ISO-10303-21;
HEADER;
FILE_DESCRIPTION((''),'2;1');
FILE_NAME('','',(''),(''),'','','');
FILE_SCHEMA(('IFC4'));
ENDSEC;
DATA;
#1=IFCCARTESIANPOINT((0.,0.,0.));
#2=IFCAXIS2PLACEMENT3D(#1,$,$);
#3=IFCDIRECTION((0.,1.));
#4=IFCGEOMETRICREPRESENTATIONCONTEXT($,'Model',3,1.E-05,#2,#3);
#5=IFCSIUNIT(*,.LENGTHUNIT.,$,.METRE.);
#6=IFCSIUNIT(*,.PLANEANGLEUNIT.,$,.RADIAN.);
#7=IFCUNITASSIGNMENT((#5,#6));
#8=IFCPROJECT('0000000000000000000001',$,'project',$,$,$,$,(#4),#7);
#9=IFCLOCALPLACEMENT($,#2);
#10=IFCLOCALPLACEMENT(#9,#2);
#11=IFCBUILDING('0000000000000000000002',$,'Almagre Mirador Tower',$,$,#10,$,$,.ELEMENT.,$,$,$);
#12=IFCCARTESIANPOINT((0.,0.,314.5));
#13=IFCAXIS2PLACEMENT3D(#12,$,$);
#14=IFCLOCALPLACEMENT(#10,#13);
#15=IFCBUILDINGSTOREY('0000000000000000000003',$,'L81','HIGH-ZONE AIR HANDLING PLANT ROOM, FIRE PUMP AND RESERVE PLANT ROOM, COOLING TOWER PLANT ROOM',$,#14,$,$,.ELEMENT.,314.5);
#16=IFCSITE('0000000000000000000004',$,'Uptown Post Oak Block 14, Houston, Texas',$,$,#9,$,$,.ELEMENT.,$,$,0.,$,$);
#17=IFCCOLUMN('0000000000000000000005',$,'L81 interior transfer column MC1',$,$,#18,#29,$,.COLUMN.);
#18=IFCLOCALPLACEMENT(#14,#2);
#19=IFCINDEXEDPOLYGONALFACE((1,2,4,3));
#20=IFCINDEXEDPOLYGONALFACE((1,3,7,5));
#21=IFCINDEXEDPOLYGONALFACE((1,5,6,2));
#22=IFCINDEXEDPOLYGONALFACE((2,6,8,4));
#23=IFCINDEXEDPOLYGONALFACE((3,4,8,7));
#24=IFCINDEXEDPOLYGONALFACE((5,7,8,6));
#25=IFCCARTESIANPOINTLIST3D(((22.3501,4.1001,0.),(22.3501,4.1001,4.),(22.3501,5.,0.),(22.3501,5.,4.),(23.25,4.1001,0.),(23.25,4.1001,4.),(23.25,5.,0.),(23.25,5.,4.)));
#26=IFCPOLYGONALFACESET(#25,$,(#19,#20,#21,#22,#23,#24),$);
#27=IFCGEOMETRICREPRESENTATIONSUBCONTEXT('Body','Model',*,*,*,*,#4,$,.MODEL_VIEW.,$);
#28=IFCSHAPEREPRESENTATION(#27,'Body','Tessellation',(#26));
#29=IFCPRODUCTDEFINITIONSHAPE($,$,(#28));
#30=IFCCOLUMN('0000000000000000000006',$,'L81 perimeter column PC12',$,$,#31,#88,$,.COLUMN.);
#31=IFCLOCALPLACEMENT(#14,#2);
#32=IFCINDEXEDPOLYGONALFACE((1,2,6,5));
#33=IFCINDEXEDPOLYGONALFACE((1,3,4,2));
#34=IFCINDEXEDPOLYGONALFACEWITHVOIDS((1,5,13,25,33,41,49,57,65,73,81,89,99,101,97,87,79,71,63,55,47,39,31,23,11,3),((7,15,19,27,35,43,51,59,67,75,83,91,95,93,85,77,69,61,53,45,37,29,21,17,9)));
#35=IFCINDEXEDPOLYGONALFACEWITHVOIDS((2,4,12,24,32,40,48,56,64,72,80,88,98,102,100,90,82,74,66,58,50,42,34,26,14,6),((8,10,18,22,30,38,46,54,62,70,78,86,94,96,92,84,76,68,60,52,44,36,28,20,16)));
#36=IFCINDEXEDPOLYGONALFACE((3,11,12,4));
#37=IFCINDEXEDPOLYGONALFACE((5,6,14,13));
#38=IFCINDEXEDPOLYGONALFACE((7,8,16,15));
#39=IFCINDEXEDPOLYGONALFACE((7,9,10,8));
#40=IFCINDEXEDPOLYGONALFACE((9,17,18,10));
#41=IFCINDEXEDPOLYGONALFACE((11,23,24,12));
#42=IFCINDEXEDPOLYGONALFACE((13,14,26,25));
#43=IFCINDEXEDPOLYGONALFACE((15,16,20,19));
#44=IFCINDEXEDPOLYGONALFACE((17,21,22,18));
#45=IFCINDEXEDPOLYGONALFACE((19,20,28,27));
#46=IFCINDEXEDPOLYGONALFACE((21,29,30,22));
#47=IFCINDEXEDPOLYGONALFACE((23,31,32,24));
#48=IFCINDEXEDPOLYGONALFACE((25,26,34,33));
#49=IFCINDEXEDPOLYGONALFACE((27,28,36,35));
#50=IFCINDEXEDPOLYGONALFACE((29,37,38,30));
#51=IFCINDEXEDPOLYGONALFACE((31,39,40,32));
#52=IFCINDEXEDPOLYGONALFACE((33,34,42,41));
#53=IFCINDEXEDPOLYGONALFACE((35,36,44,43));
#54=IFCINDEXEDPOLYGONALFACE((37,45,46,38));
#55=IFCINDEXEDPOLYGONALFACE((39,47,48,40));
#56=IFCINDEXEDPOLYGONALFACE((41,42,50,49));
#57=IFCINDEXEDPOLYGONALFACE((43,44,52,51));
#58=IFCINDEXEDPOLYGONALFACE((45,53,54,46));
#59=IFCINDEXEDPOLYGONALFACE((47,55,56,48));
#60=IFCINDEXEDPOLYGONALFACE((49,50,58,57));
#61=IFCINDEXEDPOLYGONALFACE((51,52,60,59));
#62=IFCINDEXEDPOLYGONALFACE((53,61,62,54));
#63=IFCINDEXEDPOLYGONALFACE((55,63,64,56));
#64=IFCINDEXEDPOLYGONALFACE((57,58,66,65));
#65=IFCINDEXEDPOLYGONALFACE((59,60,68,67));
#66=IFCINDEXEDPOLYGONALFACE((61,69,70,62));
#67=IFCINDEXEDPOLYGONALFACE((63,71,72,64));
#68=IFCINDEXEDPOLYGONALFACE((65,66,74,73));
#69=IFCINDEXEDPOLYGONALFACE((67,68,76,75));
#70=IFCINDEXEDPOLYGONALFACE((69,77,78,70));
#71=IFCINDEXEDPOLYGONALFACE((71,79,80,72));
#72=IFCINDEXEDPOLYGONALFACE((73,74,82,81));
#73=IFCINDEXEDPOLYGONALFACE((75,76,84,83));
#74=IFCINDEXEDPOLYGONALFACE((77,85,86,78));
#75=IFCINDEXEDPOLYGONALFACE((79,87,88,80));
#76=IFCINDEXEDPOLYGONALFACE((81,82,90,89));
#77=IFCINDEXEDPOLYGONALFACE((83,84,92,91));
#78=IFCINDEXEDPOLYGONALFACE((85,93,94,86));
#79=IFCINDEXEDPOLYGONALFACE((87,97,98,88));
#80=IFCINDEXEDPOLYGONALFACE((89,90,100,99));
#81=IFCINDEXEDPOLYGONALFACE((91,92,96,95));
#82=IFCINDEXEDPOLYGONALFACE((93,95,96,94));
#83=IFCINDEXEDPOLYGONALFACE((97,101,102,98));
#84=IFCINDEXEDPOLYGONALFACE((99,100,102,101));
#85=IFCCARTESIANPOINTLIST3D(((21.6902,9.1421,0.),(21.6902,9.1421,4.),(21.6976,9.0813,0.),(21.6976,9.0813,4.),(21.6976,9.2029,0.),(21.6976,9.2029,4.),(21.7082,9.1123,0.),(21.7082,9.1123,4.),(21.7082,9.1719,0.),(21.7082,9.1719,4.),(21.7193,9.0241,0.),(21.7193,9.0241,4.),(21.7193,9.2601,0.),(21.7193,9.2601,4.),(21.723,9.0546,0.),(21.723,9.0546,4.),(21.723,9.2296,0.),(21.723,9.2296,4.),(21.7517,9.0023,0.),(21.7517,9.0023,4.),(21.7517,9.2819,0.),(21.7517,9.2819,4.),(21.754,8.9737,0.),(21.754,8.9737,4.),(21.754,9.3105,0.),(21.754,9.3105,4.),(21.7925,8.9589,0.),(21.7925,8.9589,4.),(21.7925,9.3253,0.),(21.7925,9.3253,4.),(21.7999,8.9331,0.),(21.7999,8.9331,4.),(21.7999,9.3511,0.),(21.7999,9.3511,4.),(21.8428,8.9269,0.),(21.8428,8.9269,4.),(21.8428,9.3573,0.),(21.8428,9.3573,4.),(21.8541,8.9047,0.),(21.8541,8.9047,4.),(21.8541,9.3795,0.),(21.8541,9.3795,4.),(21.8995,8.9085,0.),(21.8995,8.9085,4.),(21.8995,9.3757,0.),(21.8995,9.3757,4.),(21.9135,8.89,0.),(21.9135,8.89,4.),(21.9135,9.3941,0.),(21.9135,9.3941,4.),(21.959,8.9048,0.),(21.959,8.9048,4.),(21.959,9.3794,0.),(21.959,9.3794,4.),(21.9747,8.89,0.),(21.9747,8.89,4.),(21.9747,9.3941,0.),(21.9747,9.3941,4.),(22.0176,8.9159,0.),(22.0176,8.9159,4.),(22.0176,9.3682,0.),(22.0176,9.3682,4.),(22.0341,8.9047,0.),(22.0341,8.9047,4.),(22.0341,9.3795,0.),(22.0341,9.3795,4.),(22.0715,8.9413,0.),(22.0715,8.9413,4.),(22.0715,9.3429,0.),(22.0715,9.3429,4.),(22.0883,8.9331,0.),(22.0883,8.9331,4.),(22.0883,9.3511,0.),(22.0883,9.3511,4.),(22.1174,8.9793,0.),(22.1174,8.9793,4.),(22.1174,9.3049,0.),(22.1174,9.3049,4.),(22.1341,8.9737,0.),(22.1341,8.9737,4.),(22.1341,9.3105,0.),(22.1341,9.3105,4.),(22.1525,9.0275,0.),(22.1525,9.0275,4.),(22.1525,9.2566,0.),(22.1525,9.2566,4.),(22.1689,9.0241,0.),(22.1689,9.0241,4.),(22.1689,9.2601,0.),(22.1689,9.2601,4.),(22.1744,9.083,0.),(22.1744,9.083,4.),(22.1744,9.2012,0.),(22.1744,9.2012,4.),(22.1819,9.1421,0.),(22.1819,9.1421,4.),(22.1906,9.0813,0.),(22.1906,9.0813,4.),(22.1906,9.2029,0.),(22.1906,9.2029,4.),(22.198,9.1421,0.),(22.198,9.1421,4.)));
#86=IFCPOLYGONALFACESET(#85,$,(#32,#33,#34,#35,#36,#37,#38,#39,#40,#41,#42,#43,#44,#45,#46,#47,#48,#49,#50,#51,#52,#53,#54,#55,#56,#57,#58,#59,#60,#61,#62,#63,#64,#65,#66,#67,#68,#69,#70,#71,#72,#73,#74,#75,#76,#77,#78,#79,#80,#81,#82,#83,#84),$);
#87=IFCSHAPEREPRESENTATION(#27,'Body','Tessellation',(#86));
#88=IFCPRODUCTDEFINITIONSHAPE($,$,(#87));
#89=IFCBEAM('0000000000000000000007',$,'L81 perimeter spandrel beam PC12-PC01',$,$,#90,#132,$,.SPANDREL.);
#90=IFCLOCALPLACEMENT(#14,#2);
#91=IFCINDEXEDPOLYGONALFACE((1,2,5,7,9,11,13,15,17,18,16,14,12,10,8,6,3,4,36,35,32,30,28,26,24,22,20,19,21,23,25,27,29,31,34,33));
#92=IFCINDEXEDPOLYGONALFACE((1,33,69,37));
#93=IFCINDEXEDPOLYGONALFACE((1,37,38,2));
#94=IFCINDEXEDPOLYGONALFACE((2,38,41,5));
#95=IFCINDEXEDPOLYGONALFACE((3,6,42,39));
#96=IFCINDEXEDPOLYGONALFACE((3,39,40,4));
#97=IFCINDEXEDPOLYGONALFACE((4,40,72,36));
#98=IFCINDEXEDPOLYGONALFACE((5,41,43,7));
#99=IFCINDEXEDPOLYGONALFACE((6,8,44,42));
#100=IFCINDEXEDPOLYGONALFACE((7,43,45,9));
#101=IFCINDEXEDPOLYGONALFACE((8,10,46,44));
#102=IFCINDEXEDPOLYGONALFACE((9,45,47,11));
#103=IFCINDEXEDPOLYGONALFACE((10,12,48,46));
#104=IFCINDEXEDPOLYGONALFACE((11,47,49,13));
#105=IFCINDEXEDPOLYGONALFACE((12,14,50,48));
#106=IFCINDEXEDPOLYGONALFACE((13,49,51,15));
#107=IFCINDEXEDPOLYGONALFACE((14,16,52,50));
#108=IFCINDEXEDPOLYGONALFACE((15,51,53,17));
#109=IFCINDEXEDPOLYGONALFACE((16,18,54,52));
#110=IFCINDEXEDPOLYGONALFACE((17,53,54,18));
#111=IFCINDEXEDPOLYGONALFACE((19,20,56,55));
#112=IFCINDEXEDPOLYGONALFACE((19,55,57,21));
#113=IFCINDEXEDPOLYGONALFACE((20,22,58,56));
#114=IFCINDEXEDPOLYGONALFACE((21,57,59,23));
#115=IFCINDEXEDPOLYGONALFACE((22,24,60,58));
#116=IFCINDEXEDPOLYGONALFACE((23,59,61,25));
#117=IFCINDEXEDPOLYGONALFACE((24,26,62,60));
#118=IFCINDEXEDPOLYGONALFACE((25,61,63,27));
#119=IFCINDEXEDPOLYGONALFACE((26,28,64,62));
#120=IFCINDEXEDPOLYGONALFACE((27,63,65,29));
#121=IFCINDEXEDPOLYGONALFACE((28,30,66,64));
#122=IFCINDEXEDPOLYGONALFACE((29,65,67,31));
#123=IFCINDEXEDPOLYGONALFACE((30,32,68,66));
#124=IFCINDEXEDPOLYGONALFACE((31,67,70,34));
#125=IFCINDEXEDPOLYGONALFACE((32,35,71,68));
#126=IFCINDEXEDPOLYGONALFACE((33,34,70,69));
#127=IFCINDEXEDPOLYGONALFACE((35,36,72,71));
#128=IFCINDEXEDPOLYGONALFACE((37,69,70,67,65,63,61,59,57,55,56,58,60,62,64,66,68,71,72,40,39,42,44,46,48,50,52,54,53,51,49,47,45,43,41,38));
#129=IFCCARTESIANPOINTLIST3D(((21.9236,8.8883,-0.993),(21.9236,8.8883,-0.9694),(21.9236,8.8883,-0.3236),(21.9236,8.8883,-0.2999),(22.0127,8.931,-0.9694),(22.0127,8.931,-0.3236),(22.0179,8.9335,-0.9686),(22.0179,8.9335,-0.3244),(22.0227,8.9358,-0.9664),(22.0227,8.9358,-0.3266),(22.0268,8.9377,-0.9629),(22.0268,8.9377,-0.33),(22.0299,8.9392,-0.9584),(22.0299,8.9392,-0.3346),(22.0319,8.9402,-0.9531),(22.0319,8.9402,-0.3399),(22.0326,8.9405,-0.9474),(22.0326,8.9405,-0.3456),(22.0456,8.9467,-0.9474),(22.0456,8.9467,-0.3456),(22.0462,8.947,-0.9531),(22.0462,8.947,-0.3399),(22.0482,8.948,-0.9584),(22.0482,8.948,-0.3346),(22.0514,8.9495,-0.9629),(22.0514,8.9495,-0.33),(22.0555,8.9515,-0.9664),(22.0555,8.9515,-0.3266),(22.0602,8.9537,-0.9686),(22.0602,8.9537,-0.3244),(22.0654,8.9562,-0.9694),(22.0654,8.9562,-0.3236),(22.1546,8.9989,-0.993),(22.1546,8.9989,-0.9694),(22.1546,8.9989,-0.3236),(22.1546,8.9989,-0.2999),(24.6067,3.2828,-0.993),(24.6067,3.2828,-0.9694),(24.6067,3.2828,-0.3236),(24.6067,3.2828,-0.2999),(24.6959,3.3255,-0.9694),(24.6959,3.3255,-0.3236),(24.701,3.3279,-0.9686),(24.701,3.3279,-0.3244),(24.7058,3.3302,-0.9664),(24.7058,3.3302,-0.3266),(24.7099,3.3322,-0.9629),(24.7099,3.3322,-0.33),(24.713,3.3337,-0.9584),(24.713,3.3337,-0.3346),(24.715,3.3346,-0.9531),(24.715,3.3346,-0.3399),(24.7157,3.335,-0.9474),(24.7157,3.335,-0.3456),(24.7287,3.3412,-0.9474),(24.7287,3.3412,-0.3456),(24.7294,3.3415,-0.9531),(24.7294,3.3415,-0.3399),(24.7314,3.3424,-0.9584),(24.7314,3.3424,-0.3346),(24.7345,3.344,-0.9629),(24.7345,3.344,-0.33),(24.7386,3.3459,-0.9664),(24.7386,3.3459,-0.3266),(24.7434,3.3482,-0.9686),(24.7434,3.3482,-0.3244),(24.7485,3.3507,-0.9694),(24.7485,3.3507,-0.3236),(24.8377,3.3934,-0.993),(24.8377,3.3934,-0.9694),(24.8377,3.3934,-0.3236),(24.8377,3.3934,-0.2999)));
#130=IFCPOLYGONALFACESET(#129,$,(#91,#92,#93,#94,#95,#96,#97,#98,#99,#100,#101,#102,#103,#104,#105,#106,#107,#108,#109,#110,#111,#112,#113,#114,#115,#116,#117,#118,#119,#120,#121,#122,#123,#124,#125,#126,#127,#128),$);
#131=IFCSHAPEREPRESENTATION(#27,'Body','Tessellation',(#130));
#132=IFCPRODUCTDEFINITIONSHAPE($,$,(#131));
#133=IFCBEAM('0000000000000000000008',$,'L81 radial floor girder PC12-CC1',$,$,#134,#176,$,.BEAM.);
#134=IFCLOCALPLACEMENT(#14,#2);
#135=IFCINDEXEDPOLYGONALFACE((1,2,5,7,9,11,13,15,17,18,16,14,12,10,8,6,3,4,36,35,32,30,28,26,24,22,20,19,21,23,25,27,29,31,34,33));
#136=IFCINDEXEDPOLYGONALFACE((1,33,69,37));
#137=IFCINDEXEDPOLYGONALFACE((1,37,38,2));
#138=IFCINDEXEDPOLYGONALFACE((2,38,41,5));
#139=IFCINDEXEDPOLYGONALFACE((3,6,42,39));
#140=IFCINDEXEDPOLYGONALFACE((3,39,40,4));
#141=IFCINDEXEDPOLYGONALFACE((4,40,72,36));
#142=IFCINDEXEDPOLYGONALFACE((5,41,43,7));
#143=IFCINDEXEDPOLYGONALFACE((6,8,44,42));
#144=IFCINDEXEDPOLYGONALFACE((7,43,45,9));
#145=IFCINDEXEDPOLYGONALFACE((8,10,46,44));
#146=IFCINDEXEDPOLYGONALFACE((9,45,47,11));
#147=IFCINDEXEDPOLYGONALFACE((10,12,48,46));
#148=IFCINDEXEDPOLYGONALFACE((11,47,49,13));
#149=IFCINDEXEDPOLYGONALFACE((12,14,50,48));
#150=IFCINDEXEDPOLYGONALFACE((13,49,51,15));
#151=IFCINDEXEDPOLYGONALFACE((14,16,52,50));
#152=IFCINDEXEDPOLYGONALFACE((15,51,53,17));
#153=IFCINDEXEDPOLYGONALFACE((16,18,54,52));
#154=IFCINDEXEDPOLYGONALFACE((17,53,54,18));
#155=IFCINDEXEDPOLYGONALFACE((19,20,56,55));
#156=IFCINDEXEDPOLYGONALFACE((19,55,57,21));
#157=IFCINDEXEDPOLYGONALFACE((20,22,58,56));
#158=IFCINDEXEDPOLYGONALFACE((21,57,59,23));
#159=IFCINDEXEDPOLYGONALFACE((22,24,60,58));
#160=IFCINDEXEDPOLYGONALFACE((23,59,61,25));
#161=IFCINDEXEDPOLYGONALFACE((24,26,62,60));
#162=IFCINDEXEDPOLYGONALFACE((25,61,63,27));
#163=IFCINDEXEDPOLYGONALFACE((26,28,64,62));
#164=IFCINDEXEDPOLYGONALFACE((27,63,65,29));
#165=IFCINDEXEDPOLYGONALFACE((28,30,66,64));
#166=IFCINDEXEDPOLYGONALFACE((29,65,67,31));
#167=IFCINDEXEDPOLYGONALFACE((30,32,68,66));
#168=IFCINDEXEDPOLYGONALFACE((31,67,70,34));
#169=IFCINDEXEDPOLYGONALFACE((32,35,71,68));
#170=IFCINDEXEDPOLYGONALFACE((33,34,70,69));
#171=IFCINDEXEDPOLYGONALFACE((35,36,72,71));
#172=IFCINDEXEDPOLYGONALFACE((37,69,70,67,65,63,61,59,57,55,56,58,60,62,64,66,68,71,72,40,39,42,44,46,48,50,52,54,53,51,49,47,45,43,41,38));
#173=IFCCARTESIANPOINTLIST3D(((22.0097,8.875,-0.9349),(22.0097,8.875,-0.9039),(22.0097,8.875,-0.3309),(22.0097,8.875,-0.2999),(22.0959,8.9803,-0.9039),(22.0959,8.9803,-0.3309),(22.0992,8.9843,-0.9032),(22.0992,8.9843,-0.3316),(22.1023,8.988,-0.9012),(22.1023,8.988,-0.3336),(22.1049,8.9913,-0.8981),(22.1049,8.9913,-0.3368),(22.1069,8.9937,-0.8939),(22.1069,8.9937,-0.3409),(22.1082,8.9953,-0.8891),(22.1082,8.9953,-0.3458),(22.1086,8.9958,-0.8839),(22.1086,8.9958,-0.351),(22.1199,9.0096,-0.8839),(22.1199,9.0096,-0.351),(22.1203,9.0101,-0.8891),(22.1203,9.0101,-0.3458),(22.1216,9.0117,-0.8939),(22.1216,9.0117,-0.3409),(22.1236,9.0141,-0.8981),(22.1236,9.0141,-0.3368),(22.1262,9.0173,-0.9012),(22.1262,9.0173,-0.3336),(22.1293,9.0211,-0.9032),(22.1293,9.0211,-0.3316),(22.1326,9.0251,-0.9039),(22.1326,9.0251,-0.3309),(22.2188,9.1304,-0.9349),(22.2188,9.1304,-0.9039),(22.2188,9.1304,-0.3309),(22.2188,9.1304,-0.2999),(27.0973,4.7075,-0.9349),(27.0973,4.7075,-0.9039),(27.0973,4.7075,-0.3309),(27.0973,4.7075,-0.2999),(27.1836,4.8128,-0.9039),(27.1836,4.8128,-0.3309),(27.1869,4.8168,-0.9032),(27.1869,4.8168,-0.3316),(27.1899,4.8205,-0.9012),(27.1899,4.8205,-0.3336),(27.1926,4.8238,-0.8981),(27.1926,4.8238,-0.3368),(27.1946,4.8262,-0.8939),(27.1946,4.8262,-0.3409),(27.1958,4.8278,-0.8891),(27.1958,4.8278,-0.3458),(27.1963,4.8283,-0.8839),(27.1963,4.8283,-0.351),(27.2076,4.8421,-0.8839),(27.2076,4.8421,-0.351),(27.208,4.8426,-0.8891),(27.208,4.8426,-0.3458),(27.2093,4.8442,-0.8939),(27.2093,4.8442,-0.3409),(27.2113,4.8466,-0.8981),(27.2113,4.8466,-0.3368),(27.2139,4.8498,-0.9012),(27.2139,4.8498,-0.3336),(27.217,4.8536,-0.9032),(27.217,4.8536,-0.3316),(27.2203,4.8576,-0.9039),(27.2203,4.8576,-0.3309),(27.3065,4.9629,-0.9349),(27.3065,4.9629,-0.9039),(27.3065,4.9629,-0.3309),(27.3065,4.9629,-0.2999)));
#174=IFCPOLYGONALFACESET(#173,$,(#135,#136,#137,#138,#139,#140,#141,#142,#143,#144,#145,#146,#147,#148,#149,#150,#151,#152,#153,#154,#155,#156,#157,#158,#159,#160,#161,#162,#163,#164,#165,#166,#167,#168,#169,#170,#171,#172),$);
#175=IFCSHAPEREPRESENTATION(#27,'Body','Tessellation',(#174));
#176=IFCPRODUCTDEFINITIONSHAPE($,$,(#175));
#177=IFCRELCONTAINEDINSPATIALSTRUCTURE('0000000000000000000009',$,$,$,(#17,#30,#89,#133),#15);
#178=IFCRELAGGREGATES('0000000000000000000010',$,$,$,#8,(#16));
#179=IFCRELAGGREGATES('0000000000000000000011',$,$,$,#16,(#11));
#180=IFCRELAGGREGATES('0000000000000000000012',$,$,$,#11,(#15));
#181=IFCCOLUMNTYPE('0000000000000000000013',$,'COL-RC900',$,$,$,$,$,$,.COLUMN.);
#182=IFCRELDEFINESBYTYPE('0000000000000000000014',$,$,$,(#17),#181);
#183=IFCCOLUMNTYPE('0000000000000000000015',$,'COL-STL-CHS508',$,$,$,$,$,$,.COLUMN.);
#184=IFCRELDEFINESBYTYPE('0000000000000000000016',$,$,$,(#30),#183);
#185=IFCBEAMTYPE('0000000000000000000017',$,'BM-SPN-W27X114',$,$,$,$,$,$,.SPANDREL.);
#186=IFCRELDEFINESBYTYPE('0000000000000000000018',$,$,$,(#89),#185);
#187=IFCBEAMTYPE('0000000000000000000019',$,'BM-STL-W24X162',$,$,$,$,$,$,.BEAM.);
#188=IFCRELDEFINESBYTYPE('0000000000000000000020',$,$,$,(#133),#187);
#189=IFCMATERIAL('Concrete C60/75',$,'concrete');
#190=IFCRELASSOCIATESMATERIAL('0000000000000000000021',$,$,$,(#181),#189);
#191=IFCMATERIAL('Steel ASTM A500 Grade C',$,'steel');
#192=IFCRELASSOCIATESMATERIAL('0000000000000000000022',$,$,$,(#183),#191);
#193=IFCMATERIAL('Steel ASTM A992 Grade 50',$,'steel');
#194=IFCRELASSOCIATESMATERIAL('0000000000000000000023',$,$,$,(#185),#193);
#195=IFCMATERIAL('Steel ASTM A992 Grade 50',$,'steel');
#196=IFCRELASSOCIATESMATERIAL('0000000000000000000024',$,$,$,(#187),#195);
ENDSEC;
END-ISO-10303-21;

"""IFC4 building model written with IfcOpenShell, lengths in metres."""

from ifc_helpers import new_model, si_unit, direction, frame, origin, origin_2d, place, context, subcontext, project, spatial, rectangle, hollow_circle, i_section, extrude, material, material_profile, profile_set, type_object, element, save


model = new_model("IFC4")

# Units and contexts
model_context = context("Model", 3, precision=1e-05, world=origin(), true_north=direction((0.0, 1.0)))
body_context = subcontext(model_context, "Body", "Model", "MODEL_VIEW")
ifc_project = project(units=[si_unit("LENGTHUNIT", "METRE"), si_unit("PLANEANGLEUNIT", "RADIAN")], contexts=[model_context])

# Site, building, storey
site_placement = place(None, origin())
site = spatial("IfcSite", under=ifc_project, at=site_placement, Name="Uptown Post Oak Block 14, Houston, Texas", CompositionType="ELEMENT", RefElevation=0.0)
building_placement = place(site_placement, origin())
building = spatial("IfcBuilding", under=site, at=building_placement, Name="Almagre Mirador Tower", CompositionType="ELEMENT")
storey_placement = place(building_placement, frame((0.0, 0.0, 314.5)))
storey = spatial("IfcBuildingStorey", under=building, at=storey_placement, Name="L81", Description="HIGH-ZONE AIR HANDLING PLANT ROOM, FIRE PUMP AND RESERVE PLANT ROOM, COOLING TOWER PLANT ROOM", CompositionType="ELEMENT", Elevation=314.5)

# Columns
ifc_material_1 = material(Name="Concrete C60/75", Category="concrete")
ifc_material_profile_1 = material_profile(ifc_material_1, rectangle(XDim=0.8999, YDim=0.8999, at=origin_2d()), Name="RC900X900")
ifc_profile_set_1 = profile_set([ifc_material_profile_1], Name="Concrete C60/75")
column_type_1 = type_object("IfcColumnType", Name="COL-RC900", PredefinedType="COLUMN", material=ifc_profile_set_1)
column_1_placement = place(storey_placement, frame((22.8, 4.55, 0.0), z_axis=(0.0, 0.0, 1.0), x_axis=(1.0, 0.0, 0.0)))
element("IfcColumn", 1, at=column_1_placement, inside=storey, type_object=column_type_1, Name="L81 interior transfer column MC1", PredefinedType="COLUMN", context=body_context, shape_type="SweptSolid", body=[
    extrude(rectangle(XDim=0.8999, YDim=0.8999, at=origin_2d()), origin(), (0.0, 0.0, 1.0), 4.0),
])
ifc_material_2 = material(Name="Steel ASTM A500 Grade C", Category="steel")
ifc_material_profile_2 = material_profile(ifc_material_2, hollow_circle(Radius=0.2539, WallThickness=0.0161, at=origin_2d()), Name="CHS508X16")
ifc_profile_set_2 = profile_set([ifc_material_profile_2], Name="Steel ASTM A500 Grade C")
column_type_2 = type_object("IfcColumnType", Name="COL-STL-CHS508", PredefinedType="COLUMN", material=ifc_profile_set_2)
column_2_placement = place(storey_placement, frame((21.9441, 9.1421, 0.0), z_axis=(0.0, 0.0, 1.0), x_axis=(1.0, 0.0, 0.0)))
element("IfcColumn", 2, at=column_2_placement, inside=storey, type_object=column_type_2, Name="L81 perimeter column PC12", PredefinedType="COLUMN", context=body_context, shape_type="SweptSolid", body=[
    extrude(hollow_circle(Radius=0.2539, WallThickness=0.0161, at=origin_2d()), origin(), (0.0, 0.0, 1.0), 4.0),
])

# Beams
ifc_material_3 = material(Name="Steel ASTM A992 Grade 50", Category="steel")
ifc_material_profile_3 = material_profile(ifc_material_3, i_section(OverallWidth=0.2561, OverallDepth=0.6931, WebThickness=0.0144, FlangeThickness=0.0237, FilletRadius=0.022, at=origin_2d()), Name="W27X114")
ifc_profile_set_3 = profile_set([ifc_material_profile_3], Name="Steel ASTM A992 Grade 50")
beam_type_1 = type_object("IfcBeamType", Name="BM-SPN-W27X114", PredefinedType="SPANDREL", material=ifc_profile_set_3)
beam_1_placement = place(storey_placement, frame((22.0391, 8.9436, -0.6465), z_axis=(0.431747, -0.901995, 0.0), x_axis=(0.901995, 0.431747, 0.0)))
element("IfcBeam", 3, at=beam_1_placement, inside=storey, type_object=beam_type_1, Name="L81 perimeter spandrel beam PC12-PC01", PredefinedType="SPANDREL", context=body_context, shape_type="SweptSolid", body=[
    extrude(i_section(OverallWidth=0.2561, OverallDepth=0.6931, WebThickness=0.0144, FlangeThickness=0.0237, FilletRadius=0.022, at=origin_2d()), origin(), (0.0, 0.0, 1.0), 6.2146),
])
ifc_material_4 = material(Name="Steel ASTM A992 Grade 50", Category="steel")
ifc_material_profile_4 = material_profile(ifc_material_4, i_section(OverallWidth=0.3301, OverallDepth=0.635, WebThickness=0.0178, FlangeThickness=0.031, FilletRadius=0.02, at=origin_2d()), Name="W24X162")
ifc_profile_set_4 = profile_set([ifc_material_profile_4], Name="Steel ASTM A992 Grade 50")
beam_type_2 = type_object("IfcBeamType", Name="BM-STL-W24X162", PredefinedType="BEAM", material=ifc_profile_set_4)
beam_2_placement = place(storey_placement, frame((22.1143, 9.0027, -0.6174), z_axis=(0.773595, -0.63368, 0.0), x_axis=(0.63368, 0.773595, 0.0)))
element("IfcBeam", 4, at=beam_2_placement, inside=storey, type_object=beam_type_2, Name="L81 radial floor girder PC12-CC1", PredefinedType="BEAM", context=body_context, shape_type="SweptSolid", body=[
    extrude(i_section(OverallWidth=0.3301, OverallDepth=0.635, WebThickness=0.0178, FlangeThickness=0.031, FilletRadius=0.02, at=origin_2d()), origin(), (0.0, 0.0, 1.0), 6.5767),
])

save(model, "model.ifc")
